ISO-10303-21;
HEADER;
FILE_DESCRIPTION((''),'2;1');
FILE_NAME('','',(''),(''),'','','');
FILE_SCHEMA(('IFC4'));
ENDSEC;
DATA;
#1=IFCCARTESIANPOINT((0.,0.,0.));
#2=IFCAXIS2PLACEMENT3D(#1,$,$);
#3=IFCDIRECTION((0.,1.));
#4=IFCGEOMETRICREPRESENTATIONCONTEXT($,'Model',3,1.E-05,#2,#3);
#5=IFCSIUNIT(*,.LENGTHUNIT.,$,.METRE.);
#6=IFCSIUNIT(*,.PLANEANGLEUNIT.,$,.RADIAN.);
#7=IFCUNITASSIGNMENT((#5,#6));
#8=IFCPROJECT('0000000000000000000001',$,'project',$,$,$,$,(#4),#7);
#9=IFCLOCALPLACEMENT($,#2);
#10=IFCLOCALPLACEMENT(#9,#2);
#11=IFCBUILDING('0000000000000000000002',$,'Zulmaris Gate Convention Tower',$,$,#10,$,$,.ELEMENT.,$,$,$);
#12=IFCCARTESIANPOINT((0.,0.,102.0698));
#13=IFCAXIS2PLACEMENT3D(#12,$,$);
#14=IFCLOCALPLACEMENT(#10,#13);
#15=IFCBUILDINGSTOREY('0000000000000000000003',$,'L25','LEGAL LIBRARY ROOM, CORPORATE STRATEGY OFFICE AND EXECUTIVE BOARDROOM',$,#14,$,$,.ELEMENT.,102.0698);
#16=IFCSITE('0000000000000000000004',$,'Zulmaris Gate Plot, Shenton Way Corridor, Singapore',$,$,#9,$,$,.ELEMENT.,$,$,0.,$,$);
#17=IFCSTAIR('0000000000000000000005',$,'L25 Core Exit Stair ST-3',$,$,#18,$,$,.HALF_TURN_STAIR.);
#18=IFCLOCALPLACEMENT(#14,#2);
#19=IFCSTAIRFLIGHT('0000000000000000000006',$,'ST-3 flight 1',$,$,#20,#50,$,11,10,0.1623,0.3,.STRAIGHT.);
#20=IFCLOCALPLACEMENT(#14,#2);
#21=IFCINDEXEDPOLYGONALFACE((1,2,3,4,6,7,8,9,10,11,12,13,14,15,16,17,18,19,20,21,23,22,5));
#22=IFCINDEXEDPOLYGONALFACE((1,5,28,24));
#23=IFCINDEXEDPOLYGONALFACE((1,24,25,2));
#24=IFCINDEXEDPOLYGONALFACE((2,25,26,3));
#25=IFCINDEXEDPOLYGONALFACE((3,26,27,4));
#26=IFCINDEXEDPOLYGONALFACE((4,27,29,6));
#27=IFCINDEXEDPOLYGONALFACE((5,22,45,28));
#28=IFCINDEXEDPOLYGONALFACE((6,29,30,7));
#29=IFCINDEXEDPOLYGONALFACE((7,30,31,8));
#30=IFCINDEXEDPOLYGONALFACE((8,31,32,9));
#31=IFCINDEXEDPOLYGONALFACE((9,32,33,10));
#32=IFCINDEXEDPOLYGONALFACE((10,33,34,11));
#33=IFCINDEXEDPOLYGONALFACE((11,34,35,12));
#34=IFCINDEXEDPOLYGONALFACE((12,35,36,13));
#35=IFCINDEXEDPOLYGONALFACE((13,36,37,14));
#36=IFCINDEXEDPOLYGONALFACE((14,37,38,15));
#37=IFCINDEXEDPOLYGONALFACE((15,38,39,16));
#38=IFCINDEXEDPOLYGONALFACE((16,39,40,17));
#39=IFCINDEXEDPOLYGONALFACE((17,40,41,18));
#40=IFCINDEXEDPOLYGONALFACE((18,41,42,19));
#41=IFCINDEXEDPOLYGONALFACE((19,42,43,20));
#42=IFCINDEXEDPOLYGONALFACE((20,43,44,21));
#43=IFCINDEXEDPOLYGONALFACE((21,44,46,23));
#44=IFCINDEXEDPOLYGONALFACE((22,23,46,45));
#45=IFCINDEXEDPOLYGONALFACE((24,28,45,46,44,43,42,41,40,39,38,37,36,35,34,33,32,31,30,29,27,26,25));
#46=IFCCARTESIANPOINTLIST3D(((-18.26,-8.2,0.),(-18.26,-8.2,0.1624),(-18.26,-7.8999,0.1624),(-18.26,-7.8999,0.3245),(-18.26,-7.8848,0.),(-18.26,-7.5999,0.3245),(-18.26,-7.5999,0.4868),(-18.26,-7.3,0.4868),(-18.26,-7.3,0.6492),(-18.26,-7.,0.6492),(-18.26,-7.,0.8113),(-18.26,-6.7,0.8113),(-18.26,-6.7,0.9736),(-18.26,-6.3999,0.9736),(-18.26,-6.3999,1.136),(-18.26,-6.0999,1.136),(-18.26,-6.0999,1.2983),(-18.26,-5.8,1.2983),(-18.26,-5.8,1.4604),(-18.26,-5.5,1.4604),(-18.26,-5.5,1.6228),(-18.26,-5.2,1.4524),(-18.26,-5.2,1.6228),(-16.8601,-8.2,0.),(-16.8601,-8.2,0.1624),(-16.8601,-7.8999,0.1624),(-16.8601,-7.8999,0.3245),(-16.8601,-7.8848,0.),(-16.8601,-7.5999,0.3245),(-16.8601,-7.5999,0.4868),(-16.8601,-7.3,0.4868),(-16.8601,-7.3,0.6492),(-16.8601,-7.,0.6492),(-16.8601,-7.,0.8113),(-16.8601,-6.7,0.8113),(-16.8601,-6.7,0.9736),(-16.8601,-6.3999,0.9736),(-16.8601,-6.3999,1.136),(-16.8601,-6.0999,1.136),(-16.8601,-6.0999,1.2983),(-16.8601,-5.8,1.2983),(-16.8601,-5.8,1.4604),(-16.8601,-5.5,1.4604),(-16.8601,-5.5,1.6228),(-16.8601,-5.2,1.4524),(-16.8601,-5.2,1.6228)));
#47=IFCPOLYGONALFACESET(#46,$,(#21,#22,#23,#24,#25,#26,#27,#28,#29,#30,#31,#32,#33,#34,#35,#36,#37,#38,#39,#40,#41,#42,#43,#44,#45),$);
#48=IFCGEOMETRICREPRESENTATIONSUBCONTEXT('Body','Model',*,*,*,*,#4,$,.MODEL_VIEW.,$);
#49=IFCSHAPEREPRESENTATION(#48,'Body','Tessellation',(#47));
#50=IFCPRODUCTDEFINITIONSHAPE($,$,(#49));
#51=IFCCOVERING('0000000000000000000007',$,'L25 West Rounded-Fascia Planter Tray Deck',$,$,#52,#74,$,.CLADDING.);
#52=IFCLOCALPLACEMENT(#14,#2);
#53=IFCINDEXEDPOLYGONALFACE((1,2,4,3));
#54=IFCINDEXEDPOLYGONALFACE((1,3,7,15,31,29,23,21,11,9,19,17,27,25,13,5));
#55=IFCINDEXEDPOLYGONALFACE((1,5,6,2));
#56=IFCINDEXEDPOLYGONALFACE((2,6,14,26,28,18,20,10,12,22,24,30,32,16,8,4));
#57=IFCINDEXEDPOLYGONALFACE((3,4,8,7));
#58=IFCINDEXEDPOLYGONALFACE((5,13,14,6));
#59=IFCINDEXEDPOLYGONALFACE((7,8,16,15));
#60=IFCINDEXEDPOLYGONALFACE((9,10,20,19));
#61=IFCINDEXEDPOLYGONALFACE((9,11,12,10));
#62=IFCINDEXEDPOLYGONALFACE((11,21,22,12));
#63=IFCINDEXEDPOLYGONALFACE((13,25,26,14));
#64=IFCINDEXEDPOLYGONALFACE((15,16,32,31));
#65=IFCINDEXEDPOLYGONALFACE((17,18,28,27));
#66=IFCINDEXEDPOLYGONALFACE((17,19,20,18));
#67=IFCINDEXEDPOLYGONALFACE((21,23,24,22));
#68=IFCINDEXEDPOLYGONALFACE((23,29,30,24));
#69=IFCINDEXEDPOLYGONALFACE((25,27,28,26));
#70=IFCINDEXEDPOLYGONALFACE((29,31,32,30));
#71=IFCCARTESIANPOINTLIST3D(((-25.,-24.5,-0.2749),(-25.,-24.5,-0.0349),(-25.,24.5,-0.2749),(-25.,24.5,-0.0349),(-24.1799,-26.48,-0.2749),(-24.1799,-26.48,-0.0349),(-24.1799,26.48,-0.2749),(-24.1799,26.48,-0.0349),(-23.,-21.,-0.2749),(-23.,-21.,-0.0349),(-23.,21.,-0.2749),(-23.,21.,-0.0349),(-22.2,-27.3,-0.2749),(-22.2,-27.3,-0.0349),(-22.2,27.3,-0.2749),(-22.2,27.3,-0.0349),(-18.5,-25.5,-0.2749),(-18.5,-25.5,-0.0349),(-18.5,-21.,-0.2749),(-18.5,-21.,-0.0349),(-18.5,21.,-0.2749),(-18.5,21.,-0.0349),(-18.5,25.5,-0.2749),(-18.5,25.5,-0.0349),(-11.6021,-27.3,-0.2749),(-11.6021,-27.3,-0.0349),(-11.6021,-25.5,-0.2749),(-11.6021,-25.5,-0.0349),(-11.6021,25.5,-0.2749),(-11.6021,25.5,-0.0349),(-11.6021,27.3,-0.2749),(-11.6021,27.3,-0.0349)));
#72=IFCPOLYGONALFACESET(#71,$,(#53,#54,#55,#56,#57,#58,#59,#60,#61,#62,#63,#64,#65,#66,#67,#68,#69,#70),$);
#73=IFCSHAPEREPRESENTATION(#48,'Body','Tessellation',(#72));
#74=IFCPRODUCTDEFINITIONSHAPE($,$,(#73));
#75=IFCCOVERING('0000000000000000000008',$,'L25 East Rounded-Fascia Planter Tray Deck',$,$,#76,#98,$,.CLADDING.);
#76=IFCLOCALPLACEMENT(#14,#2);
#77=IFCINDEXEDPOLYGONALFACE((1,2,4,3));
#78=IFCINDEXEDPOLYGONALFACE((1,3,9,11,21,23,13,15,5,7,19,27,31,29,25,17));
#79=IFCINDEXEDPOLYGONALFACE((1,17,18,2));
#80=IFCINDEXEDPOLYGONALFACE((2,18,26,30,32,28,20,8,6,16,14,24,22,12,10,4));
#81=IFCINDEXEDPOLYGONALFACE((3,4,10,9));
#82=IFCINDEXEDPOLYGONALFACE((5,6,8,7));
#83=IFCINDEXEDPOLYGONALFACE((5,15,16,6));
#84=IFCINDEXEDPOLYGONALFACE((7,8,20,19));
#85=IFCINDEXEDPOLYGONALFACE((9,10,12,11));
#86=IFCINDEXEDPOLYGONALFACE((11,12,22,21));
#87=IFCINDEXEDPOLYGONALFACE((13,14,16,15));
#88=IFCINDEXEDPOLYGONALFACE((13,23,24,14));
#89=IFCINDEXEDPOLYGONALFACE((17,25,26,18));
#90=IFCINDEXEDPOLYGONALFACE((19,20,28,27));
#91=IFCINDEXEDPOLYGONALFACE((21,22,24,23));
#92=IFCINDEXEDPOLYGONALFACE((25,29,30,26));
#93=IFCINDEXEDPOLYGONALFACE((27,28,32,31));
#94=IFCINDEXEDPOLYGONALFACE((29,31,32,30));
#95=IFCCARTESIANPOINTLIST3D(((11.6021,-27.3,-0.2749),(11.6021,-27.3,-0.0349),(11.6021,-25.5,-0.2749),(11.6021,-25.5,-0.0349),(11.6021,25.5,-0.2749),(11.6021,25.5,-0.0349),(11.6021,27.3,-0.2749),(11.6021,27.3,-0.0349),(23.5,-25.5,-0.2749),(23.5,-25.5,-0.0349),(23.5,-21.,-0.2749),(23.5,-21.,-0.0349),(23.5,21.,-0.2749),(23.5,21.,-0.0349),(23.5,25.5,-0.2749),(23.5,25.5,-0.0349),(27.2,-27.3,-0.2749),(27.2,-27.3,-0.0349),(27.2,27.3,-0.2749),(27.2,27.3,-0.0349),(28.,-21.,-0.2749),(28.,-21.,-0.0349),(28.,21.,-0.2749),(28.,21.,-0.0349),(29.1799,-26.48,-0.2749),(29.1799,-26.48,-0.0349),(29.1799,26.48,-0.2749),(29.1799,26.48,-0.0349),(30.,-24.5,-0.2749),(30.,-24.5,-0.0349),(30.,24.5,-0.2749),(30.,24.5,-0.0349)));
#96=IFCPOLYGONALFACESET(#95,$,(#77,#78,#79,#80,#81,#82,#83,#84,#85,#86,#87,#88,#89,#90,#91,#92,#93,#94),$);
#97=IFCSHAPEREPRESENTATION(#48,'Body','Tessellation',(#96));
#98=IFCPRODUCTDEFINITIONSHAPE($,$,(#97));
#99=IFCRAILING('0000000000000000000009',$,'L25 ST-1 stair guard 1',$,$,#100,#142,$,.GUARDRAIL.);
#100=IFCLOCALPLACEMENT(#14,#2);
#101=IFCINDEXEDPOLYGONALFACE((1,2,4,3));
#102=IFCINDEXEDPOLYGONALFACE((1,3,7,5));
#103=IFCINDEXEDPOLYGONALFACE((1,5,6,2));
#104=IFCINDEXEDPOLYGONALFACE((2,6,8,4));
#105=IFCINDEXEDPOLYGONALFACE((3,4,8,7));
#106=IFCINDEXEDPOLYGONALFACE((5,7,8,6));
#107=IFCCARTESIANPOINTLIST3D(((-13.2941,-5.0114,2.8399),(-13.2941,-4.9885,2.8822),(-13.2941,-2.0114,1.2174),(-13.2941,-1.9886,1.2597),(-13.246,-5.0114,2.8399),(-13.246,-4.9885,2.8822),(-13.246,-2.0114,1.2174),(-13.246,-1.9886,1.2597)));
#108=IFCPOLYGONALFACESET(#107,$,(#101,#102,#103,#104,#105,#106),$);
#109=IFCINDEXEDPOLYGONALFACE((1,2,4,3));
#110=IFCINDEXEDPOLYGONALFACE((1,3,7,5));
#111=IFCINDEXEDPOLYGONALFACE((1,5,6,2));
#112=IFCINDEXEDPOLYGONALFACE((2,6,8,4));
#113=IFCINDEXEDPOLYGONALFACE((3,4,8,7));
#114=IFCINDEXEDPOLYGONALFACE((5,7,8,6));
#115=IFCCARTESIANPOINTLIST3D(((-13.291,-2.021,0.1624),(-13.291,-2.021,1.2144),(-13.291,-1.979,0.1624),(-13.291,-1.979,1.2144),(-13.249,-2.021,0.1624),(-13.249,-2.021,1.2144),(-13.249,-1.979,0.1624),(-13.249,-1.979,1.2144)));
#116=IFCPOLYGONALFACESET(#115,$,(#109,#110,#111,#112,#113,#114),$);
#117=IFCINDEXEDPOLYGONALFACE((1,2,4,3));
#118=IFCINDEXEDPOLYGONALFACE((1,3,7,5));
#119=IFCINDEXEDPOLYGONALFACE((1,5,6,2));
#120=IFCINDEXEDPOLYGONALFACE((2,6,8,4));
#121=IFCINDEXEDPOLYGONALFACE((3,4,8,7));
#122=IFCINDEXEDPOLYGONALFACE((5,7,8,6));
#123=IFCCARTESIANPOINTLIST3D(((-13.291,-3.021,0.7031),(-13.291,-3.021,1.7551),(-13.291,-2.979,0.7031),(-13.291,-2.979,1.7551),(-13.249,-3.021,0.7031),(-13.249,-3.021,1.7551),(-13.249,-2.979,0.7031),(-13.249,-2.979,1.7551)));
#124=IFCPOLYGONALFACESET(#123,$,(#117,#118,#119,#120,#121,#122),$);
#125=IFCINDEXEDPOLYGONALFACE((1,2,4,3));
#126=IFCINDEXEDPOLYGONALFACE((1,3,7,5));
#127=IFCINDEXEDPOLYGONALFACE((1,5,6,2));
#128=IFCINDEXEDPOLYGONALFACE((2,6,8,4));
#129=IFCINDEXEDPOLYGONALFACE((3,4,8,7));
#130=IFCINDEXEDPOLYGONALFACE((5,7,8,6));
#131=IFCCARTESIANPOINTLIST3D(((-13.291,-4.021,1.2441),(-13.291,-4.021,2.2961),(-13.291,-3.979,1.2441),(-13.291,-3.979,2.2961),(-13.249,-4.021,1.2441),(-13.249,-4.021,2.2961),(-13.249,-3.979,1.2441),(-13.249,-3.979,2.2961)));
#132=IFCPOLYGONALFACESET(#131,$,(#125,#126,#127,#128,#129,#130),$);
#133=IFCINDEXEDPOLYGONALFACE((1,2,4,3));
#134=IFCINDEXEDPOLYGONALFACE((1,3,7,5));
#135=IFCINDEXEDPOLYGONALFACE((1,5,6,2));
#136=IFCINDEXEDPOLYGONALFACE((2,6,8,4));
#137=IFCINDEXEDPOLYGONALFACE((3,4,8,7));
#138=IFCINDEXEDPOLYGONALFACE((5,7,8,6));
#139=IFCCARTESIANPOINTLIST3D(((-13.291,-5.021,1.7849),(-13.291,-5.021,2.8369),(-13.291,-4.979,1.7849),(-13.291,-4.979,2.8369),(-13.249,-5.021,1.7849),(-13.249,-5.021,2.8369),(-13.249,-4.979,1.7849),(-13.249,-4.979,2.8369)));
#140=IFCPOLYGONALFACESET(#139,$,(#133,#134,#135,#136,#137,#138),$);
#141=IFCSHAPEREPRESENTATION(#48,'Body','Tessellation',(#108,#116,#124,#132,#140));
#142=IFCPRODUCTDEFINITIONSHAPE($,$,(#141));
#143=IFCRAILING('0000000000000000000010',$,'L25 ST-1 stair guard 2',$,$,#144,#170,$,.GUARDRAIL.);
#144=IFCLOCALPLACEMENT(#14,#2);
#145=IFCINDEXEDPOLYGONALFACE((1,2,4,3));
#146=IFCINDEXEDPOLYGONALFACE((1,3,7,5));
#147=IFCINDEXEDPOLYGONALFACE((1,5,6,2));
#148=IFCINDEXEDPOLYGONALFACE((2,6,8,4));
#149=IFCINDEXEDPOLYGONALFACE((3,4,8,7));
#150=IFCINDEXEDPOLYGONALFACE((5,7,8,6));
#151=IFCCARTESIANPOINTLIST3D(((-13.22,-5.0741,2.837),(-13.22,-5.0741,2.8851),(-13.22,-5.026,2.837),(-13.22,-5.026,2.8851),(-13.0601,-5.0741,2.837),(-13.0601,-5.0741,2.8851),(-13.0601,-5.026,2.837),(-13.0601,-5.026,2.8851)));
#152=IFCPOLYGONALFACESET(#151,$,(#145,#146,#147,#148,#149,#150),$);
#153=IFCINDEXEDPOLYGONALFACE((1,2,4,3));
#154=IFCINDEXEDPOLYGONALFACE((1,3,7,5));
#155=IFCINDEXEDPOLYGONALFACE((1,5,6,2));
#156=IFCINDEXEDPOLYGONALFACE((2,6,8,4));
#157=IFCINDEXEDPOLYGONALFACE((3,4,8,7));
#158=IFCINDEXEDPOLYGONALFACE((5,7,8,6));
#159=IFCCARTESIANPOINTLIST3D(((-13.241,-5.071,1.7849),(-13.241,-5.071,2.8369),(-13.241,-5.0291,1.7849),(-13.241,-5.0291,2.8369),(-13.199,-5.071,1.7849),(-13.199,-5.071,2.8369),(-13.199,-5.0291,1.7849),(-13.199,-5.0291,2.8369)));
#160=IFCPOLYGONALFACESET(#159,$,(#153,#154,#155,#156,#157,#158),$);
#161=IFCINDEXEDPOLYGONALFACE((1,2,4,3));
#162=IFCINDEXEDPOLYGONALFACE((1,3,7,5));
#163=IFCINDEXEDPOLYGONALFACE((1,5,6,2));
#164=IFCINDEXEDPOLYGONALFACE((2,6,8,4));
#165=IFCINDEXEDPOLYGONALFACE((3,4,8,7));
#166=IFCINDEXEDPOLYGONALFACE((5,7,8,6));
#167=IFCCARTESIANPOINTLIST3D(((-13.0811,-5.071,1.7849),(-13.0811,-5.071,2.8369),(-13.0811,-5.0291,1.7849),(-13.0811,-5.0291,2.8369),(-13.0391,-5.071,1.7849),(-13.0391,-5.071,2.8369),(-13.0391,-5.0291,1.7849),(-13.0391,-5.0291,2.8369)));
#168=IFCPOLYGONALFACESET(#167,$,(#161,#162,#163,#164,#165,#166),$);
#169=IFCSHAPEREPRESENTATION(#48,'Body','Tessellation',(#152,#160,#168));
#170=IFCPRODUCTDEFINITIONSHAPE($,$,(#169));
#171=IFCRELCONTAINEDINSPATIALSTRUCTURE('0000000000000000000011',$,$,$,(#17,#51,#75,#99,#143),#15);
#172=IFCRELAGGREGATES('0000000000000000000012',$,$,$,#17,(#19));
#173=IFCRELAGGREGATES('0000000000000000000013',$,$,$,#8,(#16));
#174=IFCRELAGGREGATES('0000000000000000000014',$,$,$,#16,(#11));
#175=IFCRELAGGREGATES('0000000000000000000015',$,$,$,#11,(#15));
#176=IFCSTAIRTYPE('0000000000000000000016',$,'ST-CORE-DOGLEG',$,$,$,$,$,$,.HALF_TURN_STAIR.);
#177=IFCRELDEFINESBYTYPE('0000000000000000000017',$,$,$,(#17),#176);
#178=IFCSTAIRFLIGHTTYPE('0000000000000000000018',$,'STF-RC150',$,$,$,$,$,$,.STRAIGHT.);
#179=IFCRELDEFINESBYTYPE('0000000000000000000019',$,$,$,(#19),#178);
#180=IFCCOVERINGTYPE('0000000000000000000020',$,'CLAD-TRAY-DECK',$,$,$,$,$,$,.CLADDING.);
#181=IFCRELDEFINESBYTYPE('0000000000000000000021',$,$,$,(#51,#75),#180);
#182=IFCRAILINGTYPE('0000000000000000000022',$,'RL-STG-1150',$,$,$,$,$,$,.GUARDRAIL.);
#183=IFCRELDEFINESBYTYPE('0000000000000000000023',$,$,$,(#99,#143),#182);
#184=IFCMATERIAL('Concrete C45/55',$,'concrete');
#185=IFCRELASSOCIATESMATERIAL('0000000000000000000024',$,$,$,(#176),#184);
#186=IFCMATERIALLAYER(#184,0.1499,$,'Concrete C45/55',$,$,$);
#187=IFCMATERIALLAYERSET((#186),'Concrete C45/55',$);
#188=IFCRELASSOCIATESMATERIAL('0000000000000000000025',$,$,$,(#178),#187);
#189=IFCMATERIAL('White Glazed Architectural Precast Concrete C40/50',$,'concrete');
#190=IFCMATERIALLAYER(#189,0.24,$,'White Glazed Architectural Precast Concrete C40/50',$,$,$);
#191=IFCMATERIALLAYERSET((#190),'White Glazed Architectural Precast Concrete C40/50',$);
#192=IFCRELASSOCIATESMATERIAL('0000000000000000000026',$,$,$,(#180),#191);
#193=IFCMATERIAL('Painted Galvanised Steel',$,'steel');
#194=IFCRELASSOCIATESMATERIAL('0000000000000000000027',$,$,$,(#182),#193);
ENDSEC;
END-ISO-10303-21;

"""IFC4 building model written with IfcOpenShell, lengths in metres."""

from ifc_helpers import new_model, si_unit, direction, frame, origin, origin_2d, place, context, subcontext, project, spatial, polyline, rectangle, outline, extrude, material, layer, layer_set, type_object, element, aggregate, save


model = new_model("IFC4")

# Units and contexts
model_context = context("Model", 3, precision=1e-05, world=origin(), true_north=direction((0.0, 1.0)))
body_context = subcontext(model_context, "Body", "Model", "MODEL_VIEW")
ifc_project = project(units=[si_unit("LENGTHUNIT", "METRE"), si_unit("PLANEANGLEUNIT", "RADIAN")], contexts=[model_context])

# Site, building, storey
site_placement = place(None, origin())
site = spatial("IfcSite", under=ifc_project, at=site_placement, Name="Zulmaris Gate Plot, Shenton Way Corridor, Singapore", CompositionType="ELEMENT", RefElevation=0.0)
building_placement = place(site_placement, origin())
building = spatial("IfcBuilding", under=site, at=building_placement, Name="Zulmaris Gate Convention Tower", CompositionType="ELEMENT")
storey_placement = place(building_placement, frame((0.0, 0.0, 102.0698)))
storey = spatial("IfcBuildingStorey", under=building, at=storey_placement, Name="L25", Description="LEGAL LIBRARY ROOM, CORPORATE STRATEGY OFFICE AND EXECUTIVE BOARDROOM", CompositionType="ELEMENT", Elevation=102.0698)

# Shared definitions
ifc_material_1 = material(Name="Concrete C45/55", Category="concrete")
stair_type = type_object("IfcStairType", Name="ST-CORE-DOGLEG", PredefinedType="HALF_TURN_STAIR", material=ifc_material_1)

# Shared definitions
ifc_layer_1 = layer(ifc_material_1, 0.1499, Name="Concrete C45/55")
ifc_layer_set_1 = layer_set([ifc_layer_1], Name="Concrete C45/55")
stair_flight_type = type_object("IfcStairFlightType", Name="STF-RC150", PredefinedType="STRAIGHT", material=ifc_layer_set_1)

# Stair, stair flight
stair_1_placement = place(storey_placement, origin())
stair_1 = element("IfcStair", 1, at=stair_1_placement, inside=storey, type_object=stair_type, Name="L25 Core Exit Stair ST-3", PredefinedType="HALF_TURN_STAIR")
stair_flight_1_placement = place(storey_placement, frame((-17.5601, -8.2, 0.0), z_axis=(0.0, 0.0, 1.0), x_axis=(0.0, 1.0, 0.0)))
stair_flight_1 = element("IfcStairFlight", 2, at=stair_flight_1_placement, type_object=stair_flight_type, Name="ST-3 flight 1", NumberOfRisers=11, NumberOfTreads=10, PredefinedType="STRAIGHT", RiserHeight=0.1623, TreadLength=0.3, context=body_context, shape_type="SweptSolid", body=[
    extrude(outline(polyline([(0.0, 0.0), (0.0, 0.1624), (0.3, 0.1624), (0.3, 0.3245), (0.6001, 0.3245), (0.6001, 0.4868), (0.8999, 0.4868), (0.8999, 0.6492), (1.2, 0.6492), (1.2, 0.8113), (1.5, 0.8113), (1.5, 0.9736), (1.8, 0.9736), (1.8, 1.136), (2.1001, 1.136), (2.1001, 1.2983), (2.3999, 1.2983), (2.3999, 1.4604), (2.7, 1.4604), (2.7, 1.6228), (3.0, 1.6228), (3.0, 1.7852), (3.0, 1.4524), (0.3152, 0.0), (0.0, 0.0)])), frame((0.0, 0.7, 0.0), z_axis=(0.0, -1.0, 0.0), x_axis=(1.0, 0.0, 0.0)), (0.0, 0.0, 1.0), 1.3999),
])
aggregate(stair_1, [stair_flight_1])

# Coverings
ifc_material_2 = material(Name="White Glazed Architectural Precast Concrete C40/50", Category="concrete")
ifc_layer_2 = layer(ifc_material_2, 0.24, Name="White Glazed Architectural Precast Concrete C40/50")
ifc_layer_set_2 = layer_set([ifc_layer_2], Name="White Glazed Architectural Precast Concrete C40/50")
covering_type = type_object("IfcCoveringType", Name="CLAD-TRAY-DECK", PredefinedType="CLADDING", material=ifc_layer_set_2)
covering_1_placement = place(storey_placement, frame((0.0, 0.0, -0.2749)))
element("IfcCovering", 3, at=covering_1_placement, inside=storey, type_object=covering_type, Name="L25 West Rounded-Fascia Planter Tray Deck", PredefinedType="CLADDING", context=body_context, shape_type="SweptSolid", body=[
    extrude(outline(polyline([(-25.0, 24.5), (-24.1799, 26.48), (-22.2, 27.3), (-11.6021, 27.3), (-11.6021, 25.5), (-18.5, 25.5), (-18.5, 21.0), (-23.0, 21.0), (-23.0, -21.0), (-18.5, -21.0), (-18.5, -25.5), (-11.6021, -25.5), (-11.6021, -27.3), (-22.2, -27.3), (-24.1799, -26.48), (-25.0, -24.5), (-25.0, 24.5)])), origin(), (0.0, 0.0, 1.0), 0.24),
])
covering_2_placement = place(storey_placement, frame((0.0, 0.0, -0.2749)))
element("IfcCovering", 4, at=covering_2_placement, inside=storey, type_object=covering_type, Name="L25 East Rounded-Fascia Planter Tray Deck", PredefinedType="CLADDING", context=body_context, shape_type="SweptSolid", body=[
    extrude(outline(polyline([(27.2, 27.3), (29.1799, 26.48), (30.0, 24.5), (30.0, -24.5), (29.1799, -26.48), (27.2, -27.3), (11.6021, -27.3), (11.6021, -25.5), (23.5, -25.5), (23.5, -21.0), (28.0, -21.0), (28.0, 21.0), (23.5, 21.0), (23.5, 25.5), (11.6021, 25.5), (11.6021, 27.3), (27.2, 27.3)])), origin(), (0.0, 0.0, 1.0), 0.24),
])

# Railings
ifc_material_3 = material(Name="Painted Galvanised Steel", Category="steel")
railing_type_1 = type_object("IfcRailingType", Name="RL-STG-1150", PredefinedType="GUARDRAIL", material=ifc_material_3)
railing_1_placement = place(storey_placement, frame((-13.27, -2.0, 0.1624)))
element("IfcRailing", 5, at=railing_1_placement, inside=storey, type_object=railing_type_1, Name="L25 ST-1 stair guard 1", PredefinedType="GUARDRAIL", context=body_context, shape_type="SweptSolid", body=[
    extrude(rectangle(XDim=0.0481, YDim=0.0481, at=origin_2d()), frame((0.0, 0.0, 1.0762), z_axis=(0.0, -0.879592, 0.47573), x_axis=(1.0, 0.0, 0.0)), (0.0, 0.0, 1.0), 3.4106),
    extrude(rectangle(XDim=0.042, YDim=0.042, at=origin_2d()), origin(), (0.0, 0.0, 1.0), 1.052),
    extrude(rectangle(XDim=0.042, YDim=0.042, at=origin_2d()), frame((0.0, -1.0, 0.5408)), (0.0, 0.0, 1.0), 1.052),
    extrude(rectangle(XDim=0.042, YDim=0.042, at=origin_2d()), frame((0.0, -2.0, 1.0818)), (0.0, 0.0, 1.0), 1.052),
    extrude(rectangle(XDim=0.042, YDim=0.042, at=origin_2d()), frame((0.0, -3.0, 1.6226)), (0.0, 0.0, 1.0), 1.052),
])
railing_2_placement = place(storey_placement, frame((-13.22, -5.05, 1.7849)))
element("IfcRailing", 6, at=railing_2_placement, inside=storey, type_object=railing_type_1, Name="L25 ST-1 stair guard 2", PredefinedType="GUARDRAIL", context=body_context, shape_type="SweptSolid", body=[
    extrude(rectangle(XDim=0.0481, YDim=0.0481, at=origin_2d()), frame((0.0, 0.0, 1.0762), z_axis=(1.0, 0.0, 0.0), x_axis=(0.0, 1.0, 0.0)), (0.0, 0.0, 1.0), 0.1599),
    extrude(rectangle(XDim=0.042, YDim=0.042, at=origin_2d()), origin(), (0.0, 0.0, 1.0), 1.052),
    extrude(rectangle(XDim=0.042, YDim=0.042, at=origin_2d()), frame((0.1599, 0.0, 0.0)), (0.0, 0.0, 1.0), 1.052),
])

save(model, "model.ifc")
